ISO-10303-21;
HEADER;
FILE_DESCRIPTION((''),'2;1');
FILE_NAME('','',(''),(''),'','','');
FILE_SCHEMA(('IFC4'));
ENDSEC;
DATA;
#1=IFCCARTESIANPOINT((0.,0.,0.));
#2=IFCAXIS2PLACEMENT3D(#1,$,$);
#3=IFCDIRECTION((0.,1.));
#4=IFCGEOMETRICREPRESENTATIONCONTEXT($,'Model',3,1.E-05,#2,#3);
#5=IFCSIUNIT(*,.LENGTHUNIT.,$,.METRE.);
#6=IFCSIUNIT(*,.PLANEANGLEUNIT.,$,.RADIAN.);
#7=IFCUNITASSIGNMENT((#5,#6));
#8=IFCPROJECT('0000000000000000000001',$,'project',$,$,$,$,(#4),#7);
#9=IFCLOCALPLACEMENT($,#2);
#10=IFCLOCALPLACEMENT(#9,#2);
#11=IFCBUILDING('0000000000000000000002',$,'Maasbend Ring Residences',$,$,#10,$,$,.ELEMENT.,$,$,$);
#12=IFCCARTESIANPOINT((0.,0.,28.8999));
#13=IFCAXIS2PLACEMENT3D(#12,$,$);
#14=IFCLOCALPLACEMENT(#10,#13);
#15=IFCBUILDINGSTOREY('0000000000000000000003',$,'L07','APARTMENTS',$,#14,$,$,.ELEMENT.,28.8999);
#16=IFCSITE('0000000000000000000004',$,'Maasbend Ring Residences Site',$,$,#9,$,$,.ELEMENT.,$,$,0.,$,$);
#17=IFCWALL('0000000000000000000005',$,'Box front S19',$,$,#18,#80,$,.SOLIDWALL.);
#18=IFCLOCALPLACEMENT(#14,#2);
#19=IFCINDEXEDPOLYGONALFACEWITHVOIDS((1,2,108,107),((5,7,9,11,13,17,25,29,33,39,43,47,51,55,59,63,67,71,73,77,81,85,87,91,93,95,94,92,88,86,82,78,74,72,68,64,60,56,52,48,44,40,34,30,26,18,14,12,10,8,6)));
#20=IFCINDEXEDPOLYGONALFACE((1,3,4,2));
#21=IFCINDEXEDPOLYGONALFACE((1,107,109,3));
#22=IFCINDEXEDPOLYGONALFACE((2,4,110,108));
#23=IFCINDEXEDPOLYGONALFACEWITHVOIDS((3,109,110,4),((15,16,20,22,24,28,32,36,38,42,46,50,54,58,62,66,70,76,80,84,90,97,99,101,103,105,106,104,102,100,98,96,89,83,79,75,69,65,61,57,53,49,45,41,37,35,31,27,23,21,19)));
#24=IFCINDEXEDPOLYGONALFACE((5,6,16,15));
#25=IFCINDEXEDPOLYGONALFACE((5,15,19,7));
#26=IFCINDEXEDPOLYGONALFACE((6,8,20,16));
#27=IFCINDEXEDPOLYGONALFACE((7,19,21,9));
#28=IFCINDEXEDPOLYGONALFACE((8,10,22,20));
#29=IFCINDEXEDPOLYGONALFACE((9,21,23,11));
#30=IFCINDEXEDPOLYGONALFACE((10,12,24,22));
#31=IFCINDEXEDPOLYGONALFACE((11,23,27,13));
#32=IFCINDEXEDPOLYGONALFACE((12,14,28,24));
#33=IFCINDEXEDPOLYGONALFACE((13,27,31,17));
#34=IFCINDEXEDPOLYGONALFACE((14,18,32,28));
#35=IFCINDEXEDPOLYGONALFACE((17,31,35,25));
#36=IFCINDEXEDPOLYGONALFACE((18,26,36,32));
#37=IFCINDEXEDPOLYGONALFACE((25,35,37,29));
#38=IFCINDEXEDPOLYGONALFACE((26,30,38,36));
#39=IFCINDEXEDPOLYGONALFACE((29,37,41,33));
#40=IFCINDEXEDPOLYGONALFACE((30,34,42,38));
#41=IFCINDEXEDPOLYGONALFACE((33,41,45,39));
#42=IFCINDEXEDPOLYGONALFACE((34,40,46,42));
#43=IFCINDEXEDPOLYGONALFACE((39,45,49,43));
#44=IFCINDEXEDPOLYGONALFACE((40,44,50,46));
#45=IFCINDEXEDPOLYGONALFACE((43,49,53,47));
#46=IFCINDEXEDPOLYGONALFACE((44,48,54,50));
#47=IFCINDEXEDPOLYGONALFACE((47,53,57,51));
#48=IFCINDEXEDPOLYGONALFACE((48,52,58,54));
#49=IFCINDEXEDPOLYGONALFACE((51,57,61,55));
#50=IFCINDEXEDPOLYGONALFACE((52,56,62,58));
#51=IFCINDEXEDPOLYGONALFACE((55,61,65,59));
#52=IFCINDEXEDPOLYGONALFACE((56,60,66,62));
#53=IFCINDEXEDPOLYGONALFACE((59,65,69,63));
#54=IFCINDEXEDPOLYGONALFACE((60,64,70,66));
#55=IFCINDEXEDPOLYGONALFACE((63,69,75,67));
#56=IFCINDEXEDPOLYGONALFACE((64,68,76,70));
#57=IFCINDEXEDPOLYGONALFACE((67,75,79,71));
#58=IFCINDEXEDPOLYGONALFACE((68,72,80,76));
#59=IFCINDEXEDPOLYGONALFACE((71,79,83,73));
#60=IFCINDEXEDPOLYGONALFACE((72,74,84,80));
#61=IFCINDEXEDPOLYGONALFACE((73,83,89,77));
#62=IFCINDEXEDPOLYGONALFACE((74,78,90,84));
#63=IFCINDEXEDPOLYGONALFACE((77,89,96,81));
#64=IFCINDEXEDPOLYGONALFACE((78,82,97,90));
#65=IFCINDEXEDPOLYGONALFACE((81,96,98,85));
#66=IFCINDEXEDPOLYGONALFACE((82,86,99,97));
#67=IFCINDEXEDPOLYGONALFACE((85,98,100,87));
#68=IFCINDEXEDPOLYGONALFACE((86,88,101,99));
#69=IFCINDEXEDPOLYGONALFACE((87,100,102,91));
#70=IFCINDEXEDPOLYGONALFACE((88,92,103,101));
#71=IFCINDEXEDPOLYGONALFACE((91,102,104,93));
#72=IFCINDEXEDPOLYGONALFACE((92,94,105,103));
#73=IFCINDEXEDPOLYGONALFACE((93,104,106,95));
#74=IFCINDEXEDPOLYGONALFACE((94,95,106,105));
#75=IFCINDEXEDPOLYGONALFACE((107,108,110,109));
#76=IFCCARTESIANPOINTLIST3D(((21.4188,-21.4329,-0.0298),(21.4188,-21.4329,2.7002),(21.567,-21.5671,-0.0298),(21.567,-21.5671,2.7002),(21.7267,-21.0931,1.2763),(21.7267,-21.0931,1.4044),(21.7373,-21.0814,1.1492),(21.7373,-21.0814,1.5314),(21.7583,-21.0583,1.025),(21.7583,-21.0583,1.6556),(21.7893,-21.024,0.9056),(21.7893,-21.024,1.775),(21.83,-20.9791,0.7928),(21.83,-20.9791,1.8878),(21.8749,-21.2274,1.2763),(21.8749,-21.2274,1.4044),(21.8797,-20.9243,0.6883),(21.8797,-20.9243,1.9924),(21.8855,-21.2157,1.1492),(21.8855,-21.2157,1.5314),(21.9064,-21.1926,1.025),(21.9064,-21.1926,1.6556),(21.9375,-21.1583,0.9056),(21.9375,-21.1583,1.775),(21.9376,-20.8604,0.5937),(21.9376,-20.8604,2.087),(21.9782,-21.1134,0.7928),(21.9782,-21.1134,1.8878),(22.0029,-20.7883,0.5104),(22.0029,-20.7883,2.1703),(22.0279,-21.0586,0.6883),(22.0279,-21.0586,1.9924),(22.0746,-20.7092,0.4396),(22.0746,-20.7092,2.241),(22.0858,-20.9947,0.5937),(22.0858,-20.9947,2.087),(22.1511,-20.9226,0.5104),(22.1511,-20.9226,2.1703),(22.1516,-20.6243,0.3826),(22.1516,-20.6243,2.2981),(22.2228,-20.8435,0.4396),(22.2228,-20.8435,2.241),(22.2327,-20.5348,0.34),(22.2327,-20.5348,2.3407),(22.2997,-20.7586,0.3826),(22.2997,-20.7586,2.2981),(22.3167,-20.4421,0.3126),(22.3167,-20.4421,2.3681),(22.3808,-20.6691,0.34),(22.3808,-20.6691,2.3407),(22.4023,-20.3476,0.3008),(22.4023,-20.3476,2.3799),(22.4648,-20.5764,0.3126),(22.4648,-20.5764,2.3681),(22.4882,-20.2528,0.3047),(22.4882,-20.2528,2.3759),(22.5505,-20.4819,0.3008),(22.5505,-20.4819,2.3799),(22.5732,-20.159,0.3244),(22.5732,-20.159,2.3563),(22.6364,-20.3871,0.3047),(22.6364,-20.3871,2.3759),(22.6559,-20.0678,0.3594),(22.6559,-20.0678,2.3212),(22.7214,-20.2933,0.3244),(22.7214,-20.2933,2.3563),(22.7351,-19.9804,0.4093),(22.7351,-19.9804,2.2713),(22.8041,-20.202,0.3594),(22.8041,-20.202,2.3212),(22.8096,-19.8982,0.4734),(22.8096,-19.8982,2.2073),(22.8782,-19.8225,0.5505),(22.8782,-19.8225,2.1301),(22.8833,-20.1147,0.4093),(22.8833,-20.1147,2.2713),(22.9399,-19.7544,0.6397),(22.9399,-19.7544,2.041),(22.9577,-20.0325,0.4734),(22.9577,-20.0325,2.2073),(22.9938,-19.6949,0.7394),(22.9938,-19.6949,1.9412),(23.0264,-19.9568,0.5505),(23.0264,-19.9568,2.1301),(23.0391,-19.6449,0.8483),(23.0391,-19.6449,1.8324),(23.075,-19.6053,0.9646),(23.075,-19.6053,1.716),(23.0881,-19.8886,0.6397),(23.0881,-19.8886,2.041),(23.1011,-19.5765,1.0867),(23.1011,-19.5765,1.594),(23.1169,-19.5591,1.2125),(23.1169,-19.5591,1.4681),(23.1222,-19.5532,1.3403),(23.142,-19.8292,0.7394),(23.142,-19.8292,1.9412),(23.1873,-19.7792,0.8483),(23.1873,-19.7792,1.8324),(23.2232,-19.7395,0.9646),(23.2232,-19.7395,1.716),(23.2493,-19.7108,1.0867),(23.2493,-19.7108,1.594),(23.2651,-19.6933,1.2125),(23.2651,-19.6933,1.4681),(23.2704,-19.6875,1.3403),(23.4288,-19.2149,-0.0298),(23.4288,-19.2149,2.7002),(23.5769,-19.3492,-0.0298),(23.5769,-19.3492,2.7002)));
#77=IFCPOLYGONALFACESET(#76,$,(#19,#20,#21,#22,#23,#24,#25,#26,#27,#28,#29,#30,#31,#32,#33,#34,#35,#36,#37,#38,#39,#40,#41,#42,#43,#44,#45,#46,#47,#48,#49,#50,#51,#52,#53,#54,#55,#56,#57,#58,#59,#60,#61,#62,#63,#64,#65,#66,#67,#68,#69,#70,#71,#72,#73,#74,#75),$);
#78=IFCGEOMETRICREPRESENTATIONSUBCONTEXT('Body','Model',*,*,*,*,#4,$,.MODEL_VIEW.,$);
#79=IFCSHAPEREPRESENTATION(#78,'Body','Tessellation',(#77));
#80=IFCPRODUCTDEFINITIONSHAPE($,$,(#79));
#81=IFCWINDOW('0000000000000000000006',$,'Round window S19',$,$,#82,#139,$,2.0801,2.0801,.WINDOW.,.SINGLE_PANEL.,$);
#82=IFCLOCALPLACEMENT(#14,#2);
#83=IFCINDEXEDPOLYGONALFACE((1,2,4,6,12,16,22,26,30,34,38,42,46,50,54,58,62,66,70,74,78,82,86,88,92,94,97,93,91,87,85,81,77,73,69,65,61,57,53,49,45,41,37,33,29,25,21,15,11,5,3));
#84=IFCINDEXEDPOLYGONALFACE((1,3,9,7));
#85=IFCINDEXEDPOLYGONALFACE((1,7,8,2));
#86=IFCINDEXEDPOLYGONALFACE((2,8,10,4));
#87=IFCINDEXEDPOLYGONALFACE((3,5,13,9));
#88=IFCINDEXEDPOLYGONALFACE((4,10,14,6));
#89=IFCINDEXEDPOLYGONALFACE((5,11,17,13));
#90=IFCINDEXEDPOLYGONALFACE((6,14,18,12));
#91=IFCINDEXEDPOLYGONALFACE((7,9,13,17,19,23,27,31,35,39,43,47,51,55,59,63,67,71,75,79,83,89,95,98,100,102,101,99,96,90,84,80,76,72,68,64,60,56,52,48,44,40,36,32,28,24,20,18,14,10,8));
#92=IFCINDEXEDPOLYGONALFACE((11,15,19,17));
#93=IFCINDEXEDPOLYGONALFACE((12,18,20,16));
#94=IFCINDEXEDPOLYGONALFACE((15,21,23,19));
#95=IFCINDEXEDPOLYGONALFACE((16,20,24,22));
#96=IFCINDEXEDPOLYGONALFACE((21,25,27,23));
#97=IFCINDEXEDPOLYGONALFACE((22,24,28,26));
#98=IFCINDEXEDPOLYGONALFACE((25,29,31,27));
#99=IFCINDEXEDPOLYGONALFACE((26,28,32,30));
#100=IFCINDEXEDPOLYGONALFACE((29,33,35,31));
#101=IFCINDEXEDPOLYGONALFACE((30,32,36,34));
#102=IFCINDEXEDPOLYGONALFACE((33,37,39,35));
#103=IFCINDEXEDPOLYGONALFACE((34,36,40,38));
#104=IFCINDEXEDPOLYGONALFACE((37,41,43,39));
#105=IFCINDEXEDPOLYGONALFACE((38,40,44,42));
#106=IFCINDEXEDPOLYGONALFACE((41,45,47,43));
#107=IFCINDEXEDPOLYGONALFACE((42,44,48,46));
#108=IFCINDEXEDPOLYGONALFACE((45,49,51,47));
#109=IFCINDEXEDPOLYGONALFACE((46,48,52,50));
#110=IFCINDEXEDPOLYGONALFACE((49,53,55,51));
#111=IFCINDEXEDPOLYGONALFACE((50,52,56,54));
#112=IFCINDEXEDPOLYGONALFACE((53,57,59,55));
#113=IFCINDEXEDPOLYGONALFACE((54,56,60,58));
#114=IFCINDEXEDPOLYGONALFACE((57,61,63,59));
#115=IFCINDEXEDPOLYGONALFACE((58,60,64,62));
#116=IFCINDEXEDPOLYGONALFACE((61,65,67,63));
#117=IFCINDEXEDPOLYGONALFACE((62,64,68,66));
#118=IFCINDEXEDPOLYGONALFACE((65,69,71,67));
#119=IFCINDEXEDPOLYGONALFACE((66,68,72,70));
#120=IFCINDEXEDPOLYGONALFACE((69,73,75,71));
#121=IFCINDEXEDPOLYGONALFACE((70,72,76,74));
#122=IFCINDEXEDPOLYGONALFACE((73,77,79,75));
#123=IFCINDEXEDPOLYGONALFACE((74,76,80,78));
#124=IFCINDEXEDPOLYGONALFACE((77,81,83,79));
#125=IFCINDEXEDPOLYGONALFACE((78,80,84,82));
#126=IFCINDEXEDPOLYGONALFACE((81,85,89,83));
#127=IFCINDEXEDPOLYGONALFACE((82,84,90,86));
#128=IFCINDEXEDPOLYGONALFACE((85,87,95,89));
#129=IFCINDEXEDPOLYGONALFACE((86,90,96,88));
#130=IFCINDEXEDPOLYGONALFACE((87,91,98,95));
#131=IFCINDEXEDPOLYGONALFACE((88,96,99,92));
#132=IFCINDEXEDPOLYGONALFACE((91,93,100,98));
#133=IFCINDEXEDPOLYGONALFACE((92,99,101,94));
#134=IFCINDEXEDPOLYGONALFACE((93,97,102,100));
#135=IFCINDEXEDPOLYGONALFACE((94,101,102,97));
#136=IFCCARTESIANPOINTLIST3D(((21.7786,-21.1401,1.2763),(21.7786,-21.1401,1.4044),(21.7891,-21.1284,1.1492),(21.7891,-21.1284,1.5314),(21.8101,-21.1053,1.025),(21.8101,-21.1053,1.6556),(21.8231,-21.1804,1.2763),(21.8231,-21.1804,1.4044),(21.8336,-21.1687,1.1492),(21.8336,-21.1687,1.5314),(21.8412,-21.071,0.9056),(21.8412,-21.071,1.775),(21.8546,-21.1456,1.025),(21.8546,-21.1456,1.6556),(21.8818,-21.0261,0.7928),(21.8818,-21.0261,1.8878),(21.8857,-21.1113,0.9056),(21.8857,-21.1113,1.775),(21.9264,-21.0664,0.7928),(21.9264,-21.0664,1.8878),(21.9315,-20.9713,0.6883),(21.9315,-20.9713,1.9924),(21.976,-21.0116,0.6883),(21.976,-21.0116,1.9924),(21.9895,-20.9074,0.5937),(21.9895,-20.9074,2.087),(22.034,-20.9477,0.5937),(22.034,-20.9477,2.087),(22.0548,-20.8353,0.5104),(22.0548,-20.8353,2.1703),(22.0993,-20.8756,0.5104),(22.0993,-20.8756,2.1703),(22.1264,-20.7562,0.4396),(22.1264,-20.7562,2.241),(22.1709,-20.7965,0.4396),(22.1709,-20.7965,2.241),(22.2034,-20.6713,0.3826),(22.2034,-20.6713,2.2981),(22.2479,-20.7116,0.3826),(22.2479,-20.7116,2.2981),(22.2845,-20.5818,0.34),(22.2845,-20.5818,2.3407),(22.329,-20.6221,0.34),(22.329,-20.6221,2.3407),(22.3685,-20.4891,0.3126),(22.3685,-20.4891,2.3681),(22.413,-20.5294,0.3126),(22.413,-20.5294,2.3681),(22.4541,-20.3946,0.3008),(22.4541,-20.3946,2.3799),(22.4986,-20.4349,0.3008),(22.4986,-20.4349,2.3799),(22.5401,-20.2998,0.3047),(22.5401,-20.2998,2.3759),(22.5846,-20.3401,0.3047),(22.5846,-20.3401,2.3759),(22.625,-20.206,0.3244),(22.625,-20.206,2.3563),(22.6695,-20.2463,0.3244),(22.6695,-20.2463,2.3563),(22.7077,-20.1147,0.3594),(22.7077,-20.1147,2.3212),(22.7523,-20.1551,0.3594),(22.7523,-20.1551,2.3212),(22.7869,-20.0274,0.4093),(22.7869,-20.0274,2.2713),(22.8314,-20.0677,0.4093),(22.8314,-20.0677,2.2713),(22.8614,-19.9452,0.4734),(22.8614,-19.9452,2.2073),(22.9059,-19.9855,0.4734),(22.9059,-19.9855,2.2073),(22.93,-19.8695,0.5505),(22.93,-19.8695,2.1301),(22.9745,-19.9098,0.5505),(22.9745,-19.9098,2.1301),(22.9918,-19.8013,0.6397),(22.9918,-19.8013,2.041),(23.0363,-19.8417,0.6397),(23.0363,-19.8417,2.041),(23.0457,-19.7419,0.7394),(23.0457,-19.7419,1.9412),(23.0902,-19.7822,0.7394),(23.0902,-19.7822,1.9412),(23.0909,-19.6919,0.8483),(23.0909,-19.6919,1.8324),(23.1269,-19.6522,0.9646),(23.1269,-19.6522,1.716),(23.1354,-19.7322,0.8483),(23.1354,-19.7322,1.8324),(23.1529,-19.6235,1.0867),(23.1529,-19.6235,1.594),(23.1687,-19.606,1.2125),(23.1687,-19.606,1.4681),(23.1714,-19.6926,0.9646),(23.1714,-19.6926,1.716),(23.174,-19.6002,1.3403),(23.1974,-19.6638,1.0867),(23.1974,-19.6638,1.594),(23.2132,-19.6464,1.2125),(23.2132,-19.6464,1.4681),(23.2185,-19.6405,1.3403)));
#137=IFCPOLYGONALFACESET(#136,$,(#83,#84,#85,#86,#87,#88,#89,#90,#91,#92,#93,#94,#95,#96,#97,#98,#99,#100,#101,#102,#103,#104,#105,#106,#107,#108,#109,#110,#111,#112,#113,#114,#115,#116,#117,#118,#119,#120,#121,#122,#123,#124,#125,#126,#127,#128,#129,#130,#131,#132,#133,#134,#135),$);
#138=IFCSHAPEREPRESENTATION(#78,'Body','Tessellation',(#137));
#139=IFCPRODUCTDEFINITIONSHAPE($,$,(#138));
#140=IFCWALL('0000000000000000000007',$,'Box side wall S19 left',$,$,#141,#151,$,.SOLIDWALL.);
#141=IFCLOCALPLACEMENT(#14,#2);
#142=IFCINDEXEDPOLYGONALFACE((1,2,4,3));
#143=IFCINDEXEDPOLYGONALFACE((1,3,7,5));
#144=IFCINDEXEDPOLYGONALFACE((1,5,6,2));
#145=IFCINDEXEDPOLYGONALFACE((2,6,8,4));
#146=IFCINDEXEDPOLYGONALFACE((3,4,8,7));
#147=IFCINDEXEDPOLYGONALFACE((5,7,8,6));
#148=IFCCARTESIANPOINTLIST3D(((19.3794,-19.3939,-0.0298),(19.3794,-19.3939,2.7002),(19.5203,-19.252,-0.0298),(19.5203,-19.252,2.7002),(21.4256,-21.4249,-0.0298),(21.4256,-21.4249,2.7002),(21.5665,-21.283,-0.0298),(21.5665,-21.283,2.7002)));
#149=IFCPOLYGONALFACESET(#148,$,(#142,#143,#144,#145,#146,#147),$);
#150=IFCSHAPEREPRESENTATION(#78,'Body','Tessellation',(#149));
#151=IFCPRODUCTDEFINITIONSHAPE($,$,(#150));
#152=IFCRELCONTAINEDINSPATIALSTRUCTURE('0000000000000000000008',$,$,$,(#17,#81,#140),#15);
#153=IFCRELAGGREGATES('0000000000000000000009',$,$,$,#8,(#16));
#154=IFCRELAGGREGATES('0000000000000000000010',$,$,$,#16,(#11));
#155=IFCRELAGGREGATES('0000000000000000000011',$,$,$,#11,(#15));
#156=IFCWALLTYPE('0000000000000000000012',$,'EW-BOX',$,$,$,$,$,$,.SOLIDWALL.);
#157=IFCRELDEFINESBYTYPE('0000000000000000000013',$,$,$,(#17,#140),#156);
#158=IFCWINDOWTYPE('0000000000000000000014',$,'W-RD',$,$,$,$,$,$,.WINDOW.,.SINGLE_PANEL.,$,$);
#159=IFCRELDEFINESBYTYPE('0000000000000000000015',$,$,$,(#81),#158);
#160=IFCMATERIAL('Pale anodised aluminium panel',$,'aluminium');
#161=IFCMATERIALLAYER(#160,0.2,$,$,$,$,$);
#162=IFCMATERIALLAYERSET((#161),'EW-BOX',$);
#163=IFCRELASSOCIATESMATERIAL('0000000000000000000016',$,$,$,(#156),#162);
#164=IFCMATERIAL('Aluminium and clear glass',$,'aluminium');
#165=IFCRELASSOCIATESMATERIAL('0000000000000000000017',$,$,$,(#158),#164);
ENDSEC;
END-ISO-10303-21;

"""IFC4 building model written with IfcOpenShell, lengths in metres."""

from ifc_helpers import new_model, si_unit, direction, frame, frame_2d, origin, place, context, subcontext, project, spatial, rectangle, circle, extrude, material, layer, layer_set, type_object, element, fill, save


model = new_model("IFC4")

# Units and contexts
model_context = context("Model", 3, precision=1e-05, world=origin(), true_north=direction((0.0, 1.0)))
body_context = subcontext(model_context, "Body", "Model", "MODEL_VIEW")
ifc_project = project(units=[si_unit("LENGTHUNIT", "METRE"), si_unit("PLANEANGLEUNIT", "RADIAN")], contexts=[model_context])

# Site, building, storey
site_placement = place(None, origin())
site = spatial("IfcSite", under=ifc_project, at=site_placement, Name="Maasbend Ring Residences Site", CompositionType="ELEMENT", RefElevation=0.0)
building_placement = place(site_placement, origin())
building = spatial("IfcBuilding", under=site, at=building_placement, Name="Maasbend Ring Residences", CompositionType="ELEMENT")
storey_placement = place(building_placement, frame((0.0, 0.0, 28.8999)))
storey = spatial("IfcBuildingStorey", under=building, at=storey_placement, Name="L07", Description="APARTMENTS", CompositionType="ELEMENT", Elevation=28.8999)

# Shared definitions
ifc_material_1 = material(Name="Pale anodised aluminium panel", Category="aluminium")
ifc_layer_1 = layer(ifc_material_1, 0.2)
ifc_layer_set_1 = layer_set([ifc_layer_1], Name="EW-BOX")
wall_type_1 = type_object("IfcWallType", Name="EW-BOX", PredefinedType="SOLIDWALL", material=ifc_layer_set_1)
ifc_material_2 = material(Name="Aluminium and clear glass", Category="aluminium")
window_type_1 = type_object("IfcWindowType", Name="W-RD", PartitioningType="SINGLE_PANEL", PredefinedType="WINDOW", material=ifc_material_2)

# Wall, opening, window
wall_1_placement = place(storey_placement, frame((21.4929, -21.5, -0.0298), z_axis=(0.0, 0.0, 1.0), x_axis=(0.671507, 0.740998, 0.0)))
wall_1 = element("IfcWall", 1, at=wall_1_placement, inside=storey, type_object=wall_type_1, Name="Box front S19", PredefinedType="SOLIDWALL", context=body_context, shape_type="SweptSolid", body=[
    extrude(rectangle(XDim=2.9932, YDim=0.2, at=frame_2d((1.4966, 0.0))), origin(), (0.0, 0.0, 1.0), 2.73),
])
opening_1_placement = place(wall_1_placement, frame((0.4565, 0.0, 0.3301)))
opening_1 = element("IfcOpeningElement", 2, at=opening_1_placement, cuts=wall_1, PredefinedType="OPENING", context=body_context, shape_type="SweptSolid", body=[
    extrude(circle(Radius=1.04, at=frame_2d((1.04, 1.04))), frame((0.0, 0.1099, 0.0), z_axis=(0.0, -1.0, 0.0), x_axis=(1.0, 0.0, 0.0)), (0.0, 0.0, 1.0), 0.22),
])
window_1_placement = place(opening_1_placement, origin())
window_1 = element("IfcWindow", 3, at=window_1_placement, inside=storey, type_object=window_type_1, Name="Round window S19", OverallHeight=2.0801, OverallWidth=2.0801, PartitioningType="SINGLE_PANEL", PredefinedType="WINDOW", context=body_context, shape_type="SweptSolid", body=[
    extrude(circle(Radius=1.04, at=frame_2d((1.04, 1.04))), frame((0.0, 0.03, 0.0), z_axis=(0.0, -1.0, 0.0), x_axis=(1.0, 0.0, 0.0)), (0.0, 0.0, 1.0), 0.0601),
])
fill(opening_1, window_1)

# Wall
wall_2_placement = place(storey_placement, frame((19.45, -19.323, -0.0298), z_axis=(0.0, 0.0, 1.0), x_axis=(0.709727, -0.704477, 0.0)))
element("IfcWall", 4, at=wall_2_placement, inside=storey, type_object=wall_type_1, Name="Box side wall S19 left", PredefinedType="SOLIDWALL", context=body_context, shape_type="SweptSolid", body=[
    extrude(rectangle(XDim=2.8831, YDim=0.2, at=frame_2d((1.4414, 0.0))), origin(), (0.0, 0.0, 1.0), 2.73),
])

save(model, "model.ifc")
